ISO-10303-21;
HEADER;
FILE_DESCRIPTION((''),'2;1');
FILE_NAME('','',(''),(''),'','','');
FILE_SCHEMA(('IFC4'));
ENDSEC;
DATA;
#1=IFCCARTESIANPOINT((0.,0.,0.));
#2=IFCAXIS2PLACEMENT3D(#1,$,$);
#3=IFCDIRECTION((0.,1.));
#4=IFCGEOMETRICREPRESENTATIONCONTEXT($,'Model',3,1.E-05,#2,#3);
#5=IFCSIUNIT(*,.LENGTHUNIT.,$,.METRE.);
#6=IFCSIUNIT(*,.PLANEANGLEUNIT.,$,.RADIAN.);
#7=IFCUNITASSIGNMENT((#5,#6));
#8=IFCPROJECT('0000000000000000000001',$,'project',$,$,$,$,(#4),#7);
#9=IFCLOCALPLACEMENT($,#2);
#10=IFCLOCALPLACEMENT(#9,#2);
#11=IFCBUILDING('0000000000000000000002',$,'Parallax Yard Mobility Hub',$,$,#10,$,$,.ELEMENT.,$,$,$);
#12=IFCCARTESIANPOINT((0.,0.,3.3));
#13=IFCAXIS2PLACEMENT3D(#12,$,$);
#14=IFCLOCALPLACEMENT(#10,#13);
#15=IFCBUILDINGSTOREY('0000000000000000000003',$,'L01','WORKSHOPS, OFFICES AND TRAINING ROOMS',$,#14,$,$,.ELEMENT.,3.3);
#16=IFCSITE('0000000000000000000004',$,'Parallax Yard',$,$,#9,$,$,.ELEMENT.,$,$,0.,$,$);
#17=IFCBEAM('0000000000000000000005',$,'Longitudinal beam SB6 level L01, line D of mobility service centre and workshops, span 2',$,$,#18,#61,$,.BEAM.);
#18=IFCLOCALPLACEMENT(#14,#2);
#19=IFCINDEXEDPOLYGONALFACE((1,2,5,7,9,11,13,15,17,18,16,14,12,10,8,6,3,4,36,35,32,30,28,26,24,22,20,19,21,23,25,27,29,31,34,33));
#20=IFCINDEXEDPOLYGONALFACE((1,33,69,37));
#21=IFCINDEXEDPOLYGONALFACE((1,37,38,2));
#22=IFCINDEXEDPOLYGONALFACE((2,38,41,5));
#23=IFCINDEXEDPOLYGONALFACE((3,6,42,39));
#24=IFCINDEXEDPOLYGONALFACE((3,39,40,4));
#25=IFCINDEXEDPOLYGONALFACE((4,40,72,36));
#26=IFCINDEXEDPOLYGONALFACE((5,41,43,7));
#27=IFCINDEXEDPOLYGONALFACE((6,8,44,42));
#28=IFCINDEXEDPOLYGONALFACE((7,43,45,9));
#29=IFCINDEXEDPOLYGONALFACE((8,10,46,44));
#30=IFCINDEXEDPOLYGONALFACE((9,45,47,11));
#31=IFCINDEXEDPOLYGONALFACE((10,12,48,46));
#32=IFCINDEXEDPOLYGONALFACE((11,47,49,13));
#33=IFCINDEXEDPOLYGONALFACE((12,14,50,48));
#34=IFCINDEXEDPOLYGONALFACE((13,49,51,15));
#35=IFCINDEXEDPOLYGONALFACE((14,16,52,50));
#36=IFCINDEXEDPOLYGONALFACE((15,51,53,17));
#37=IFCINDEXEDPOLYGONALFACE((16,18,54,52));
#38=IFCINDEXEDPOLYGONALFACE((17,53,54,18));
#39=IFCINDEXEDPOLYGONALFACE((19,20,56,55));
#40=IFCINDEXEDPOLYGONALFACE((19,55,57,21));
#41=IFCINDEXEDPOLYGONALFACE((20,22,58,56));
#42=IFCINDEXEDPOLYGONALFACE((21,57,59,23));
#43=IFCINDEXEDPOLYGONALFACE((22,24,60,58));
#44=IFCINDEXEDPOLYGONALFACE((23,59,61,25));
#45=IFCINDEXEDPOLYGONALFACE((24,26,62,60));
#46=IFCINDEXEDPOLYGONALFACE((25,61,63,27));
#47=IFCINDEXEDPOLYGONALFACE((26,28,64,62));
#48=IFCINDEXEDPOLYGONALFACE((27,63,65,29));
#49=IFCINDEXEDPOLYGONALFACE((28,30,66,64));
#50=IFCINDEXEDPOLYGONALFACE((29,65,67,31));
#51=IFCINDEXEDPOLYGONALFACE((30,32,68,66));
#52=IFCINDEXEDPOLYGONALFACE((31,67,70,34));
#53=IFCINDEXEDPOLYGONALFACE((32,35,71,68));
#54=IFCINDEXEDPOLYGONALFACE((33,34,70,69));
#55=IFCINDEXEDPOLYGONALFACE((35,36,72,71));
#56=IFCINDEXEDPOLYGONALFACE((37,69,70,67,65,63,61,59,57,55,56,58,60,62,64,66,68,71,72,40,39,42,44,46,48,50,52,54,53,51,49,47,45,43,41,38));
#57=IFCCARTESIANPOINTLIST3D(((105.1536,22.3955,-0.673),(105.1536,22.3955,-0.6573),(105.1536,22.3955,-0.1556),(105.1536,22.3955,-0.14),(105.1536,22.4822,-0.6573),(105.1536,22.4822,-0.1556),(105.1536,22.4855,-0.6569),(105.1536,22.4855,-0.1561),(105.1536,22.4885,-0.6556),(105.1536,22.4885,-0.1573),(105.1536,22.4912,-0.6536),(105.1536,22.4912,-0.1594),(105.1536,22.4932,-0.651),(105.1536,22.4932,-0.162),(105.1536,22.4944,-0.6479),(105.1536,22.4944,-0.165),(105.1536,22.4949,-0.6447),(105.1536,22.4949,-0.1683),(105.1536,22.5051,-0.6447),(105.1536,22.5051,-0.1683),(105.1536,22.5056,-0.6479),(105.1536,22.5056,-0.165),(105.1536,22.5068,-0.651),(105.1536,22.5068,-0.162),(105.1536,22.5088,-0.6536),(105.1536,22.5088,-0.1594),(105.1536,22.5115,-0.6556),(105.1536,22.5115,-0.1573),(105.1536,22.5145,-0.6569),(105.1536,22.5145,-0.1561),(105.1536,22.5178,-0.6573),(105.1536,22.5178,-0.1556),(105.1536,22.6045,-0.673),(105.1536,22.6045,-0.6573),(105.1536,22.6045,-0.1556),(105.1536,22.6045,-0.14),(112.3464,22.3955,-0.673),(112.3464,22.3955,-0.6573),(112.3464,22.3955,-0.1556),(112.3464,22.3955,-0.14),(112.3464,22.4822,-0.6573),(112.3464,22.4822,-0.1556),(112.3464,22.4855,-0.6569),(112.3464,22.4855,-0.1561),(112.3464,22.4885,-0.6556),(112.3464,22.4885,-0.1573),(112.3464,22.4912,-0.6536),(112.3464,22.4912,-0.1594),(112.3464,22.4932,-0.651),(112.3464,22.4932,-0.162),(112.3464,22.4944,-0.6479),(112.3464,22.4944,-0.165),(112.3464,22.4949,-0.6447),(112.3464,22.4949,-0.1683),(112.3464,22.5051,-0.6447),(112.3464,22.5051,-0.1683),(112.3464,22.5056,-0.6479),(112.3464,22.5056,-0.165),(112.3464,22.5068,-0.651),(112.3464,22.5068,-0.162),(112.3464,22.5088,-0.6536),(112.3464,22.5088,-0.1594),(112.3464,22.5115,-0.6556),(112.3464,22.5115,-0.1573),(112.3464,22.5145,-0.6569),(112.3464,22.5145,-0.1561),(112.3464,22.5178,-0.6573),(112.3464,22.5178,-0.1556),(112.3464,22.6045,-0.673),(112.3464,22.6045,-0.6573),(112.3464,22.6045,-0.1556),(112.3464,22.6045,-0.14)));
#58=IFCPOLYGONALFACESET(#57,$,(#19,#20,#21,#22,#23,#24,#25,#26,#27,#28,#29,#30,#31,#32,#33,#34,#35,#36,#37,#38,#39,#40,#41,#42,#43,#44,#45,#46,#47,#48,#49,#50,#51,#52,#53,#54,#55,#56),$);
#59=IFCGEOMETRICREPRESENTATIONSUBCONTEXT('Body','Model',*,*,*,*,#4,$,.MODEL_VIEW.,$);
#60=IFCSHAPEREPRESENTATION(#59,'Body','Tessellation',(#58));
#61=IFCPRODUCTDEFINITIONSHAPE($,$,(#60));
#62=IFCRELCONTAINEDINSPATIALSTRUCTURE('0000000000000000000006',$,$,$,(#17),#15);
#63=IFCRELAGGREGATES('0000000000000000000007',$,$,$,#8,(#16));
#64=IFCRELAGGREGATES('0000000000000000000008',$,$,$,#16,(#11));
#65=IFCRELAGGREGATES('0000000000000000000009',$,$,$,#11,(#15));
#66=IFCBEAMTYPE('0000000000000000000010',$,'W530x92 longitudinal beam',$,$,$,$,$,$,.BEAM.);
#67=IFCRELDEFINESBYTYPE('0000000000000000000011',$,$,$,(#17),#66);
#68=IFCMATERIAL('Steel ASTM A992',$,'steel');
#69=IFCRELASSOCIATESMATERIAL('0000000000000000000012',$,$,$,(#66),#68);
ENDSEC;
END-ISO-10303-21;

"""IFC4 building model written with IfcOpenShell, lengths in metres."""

from ifc_helpers import new_model, si_unit, direction, frame, origin, origin_2d, place, context, subcontext, project, spatial, i_section, extrude, material, material_profile, profile_set, type_object, element, save


model = new_model("IFC4")

# Units and contexts
model_context = context("Model", 3, precision=1e-05, world=origin(), true_north=direction((0.0, 1.0)))
body_context = subcontext(model_context, "Body", "Model", "MODEL_VIEW")
ifc_project = project(units=[si_unit("LENGTHUNIT", "METRE"), si_unit("PLANEANGLEUNIT", "RADIAN")], contexts=[model_context])

# Site, building, storey
site_placement = place(None, origin())
site = spatial("IfcSite", under=ifc_project, at=site_placement, Name="Parallax Yard", CompositionType="ELEMENT", RefElevation=0.0)
building_placement = place(site_placement, origin())
building = spatial("IfcBuilding", under=site, at=building_placement, Name="Parallax Yard Mobility Hub", CompositionType="ELEMENT")
storey_placement = place(building_placement, frame((0.0, 0.0, 3.3)))
storey = spatial("IfcBuildingStorey", under=building, at=storey_placement, Name="L01", Description="WORKSHOPS, OFFICES AND TRAINING ROOMS", CompositionType="ELEMENT", Elevation=3.3)

# Shared definitions
ifc_material = material(Name="Steel ASTM A992", Category="steel")

# Beam
ifc_material_profile_1 = material_profile(ifc_material, i_section(OverallWidth=0.209, OverallDepth=0.533, WebThickness=0.0103, FlangeThickness=0.0156, FilletRadius=0.0127, at=origin_2d()), Name="W530x92")
ifc_profile_set_1 = profile_set([ifc_material_profile_1], Name="Steel ASTM A992")
beam_type_1 = type_object("IfcBeamType", Name="W530x92 longitudinal beam", PredefinedType="BEAM", material=ifc_profile_set_1)
for number, where, z_axis, x_axis, name in (
    (1, (105.1536, 22.5, -0.4065), (1.0, 0.0, 0.0), (0.0, 1.0, 0.0), "Longitudinal beam SB6 level L01, line D of mobility service centre and workshops, span 2"),
):
    element("IfcBeam", number, at=place(storey_placement, frame(where, z_axis=z_axis, x_axis=x_axis)), inside=storey, type_object=beam_type_1, Name=name, PredefinedType="BEAM", context=body_context, shape_type="SweptSolid", body=[
        extrude(i_section(OverallWidth=0.209, OverallDepth=0.533, WebThickness=0.0103, FlangeThickness=0.0156, FilletRadius=0.0127, at=origin_2d()), origin(), (0.0, 0.0, 1.0), 7.1929),
    ])

save(model, "model.ifc")
